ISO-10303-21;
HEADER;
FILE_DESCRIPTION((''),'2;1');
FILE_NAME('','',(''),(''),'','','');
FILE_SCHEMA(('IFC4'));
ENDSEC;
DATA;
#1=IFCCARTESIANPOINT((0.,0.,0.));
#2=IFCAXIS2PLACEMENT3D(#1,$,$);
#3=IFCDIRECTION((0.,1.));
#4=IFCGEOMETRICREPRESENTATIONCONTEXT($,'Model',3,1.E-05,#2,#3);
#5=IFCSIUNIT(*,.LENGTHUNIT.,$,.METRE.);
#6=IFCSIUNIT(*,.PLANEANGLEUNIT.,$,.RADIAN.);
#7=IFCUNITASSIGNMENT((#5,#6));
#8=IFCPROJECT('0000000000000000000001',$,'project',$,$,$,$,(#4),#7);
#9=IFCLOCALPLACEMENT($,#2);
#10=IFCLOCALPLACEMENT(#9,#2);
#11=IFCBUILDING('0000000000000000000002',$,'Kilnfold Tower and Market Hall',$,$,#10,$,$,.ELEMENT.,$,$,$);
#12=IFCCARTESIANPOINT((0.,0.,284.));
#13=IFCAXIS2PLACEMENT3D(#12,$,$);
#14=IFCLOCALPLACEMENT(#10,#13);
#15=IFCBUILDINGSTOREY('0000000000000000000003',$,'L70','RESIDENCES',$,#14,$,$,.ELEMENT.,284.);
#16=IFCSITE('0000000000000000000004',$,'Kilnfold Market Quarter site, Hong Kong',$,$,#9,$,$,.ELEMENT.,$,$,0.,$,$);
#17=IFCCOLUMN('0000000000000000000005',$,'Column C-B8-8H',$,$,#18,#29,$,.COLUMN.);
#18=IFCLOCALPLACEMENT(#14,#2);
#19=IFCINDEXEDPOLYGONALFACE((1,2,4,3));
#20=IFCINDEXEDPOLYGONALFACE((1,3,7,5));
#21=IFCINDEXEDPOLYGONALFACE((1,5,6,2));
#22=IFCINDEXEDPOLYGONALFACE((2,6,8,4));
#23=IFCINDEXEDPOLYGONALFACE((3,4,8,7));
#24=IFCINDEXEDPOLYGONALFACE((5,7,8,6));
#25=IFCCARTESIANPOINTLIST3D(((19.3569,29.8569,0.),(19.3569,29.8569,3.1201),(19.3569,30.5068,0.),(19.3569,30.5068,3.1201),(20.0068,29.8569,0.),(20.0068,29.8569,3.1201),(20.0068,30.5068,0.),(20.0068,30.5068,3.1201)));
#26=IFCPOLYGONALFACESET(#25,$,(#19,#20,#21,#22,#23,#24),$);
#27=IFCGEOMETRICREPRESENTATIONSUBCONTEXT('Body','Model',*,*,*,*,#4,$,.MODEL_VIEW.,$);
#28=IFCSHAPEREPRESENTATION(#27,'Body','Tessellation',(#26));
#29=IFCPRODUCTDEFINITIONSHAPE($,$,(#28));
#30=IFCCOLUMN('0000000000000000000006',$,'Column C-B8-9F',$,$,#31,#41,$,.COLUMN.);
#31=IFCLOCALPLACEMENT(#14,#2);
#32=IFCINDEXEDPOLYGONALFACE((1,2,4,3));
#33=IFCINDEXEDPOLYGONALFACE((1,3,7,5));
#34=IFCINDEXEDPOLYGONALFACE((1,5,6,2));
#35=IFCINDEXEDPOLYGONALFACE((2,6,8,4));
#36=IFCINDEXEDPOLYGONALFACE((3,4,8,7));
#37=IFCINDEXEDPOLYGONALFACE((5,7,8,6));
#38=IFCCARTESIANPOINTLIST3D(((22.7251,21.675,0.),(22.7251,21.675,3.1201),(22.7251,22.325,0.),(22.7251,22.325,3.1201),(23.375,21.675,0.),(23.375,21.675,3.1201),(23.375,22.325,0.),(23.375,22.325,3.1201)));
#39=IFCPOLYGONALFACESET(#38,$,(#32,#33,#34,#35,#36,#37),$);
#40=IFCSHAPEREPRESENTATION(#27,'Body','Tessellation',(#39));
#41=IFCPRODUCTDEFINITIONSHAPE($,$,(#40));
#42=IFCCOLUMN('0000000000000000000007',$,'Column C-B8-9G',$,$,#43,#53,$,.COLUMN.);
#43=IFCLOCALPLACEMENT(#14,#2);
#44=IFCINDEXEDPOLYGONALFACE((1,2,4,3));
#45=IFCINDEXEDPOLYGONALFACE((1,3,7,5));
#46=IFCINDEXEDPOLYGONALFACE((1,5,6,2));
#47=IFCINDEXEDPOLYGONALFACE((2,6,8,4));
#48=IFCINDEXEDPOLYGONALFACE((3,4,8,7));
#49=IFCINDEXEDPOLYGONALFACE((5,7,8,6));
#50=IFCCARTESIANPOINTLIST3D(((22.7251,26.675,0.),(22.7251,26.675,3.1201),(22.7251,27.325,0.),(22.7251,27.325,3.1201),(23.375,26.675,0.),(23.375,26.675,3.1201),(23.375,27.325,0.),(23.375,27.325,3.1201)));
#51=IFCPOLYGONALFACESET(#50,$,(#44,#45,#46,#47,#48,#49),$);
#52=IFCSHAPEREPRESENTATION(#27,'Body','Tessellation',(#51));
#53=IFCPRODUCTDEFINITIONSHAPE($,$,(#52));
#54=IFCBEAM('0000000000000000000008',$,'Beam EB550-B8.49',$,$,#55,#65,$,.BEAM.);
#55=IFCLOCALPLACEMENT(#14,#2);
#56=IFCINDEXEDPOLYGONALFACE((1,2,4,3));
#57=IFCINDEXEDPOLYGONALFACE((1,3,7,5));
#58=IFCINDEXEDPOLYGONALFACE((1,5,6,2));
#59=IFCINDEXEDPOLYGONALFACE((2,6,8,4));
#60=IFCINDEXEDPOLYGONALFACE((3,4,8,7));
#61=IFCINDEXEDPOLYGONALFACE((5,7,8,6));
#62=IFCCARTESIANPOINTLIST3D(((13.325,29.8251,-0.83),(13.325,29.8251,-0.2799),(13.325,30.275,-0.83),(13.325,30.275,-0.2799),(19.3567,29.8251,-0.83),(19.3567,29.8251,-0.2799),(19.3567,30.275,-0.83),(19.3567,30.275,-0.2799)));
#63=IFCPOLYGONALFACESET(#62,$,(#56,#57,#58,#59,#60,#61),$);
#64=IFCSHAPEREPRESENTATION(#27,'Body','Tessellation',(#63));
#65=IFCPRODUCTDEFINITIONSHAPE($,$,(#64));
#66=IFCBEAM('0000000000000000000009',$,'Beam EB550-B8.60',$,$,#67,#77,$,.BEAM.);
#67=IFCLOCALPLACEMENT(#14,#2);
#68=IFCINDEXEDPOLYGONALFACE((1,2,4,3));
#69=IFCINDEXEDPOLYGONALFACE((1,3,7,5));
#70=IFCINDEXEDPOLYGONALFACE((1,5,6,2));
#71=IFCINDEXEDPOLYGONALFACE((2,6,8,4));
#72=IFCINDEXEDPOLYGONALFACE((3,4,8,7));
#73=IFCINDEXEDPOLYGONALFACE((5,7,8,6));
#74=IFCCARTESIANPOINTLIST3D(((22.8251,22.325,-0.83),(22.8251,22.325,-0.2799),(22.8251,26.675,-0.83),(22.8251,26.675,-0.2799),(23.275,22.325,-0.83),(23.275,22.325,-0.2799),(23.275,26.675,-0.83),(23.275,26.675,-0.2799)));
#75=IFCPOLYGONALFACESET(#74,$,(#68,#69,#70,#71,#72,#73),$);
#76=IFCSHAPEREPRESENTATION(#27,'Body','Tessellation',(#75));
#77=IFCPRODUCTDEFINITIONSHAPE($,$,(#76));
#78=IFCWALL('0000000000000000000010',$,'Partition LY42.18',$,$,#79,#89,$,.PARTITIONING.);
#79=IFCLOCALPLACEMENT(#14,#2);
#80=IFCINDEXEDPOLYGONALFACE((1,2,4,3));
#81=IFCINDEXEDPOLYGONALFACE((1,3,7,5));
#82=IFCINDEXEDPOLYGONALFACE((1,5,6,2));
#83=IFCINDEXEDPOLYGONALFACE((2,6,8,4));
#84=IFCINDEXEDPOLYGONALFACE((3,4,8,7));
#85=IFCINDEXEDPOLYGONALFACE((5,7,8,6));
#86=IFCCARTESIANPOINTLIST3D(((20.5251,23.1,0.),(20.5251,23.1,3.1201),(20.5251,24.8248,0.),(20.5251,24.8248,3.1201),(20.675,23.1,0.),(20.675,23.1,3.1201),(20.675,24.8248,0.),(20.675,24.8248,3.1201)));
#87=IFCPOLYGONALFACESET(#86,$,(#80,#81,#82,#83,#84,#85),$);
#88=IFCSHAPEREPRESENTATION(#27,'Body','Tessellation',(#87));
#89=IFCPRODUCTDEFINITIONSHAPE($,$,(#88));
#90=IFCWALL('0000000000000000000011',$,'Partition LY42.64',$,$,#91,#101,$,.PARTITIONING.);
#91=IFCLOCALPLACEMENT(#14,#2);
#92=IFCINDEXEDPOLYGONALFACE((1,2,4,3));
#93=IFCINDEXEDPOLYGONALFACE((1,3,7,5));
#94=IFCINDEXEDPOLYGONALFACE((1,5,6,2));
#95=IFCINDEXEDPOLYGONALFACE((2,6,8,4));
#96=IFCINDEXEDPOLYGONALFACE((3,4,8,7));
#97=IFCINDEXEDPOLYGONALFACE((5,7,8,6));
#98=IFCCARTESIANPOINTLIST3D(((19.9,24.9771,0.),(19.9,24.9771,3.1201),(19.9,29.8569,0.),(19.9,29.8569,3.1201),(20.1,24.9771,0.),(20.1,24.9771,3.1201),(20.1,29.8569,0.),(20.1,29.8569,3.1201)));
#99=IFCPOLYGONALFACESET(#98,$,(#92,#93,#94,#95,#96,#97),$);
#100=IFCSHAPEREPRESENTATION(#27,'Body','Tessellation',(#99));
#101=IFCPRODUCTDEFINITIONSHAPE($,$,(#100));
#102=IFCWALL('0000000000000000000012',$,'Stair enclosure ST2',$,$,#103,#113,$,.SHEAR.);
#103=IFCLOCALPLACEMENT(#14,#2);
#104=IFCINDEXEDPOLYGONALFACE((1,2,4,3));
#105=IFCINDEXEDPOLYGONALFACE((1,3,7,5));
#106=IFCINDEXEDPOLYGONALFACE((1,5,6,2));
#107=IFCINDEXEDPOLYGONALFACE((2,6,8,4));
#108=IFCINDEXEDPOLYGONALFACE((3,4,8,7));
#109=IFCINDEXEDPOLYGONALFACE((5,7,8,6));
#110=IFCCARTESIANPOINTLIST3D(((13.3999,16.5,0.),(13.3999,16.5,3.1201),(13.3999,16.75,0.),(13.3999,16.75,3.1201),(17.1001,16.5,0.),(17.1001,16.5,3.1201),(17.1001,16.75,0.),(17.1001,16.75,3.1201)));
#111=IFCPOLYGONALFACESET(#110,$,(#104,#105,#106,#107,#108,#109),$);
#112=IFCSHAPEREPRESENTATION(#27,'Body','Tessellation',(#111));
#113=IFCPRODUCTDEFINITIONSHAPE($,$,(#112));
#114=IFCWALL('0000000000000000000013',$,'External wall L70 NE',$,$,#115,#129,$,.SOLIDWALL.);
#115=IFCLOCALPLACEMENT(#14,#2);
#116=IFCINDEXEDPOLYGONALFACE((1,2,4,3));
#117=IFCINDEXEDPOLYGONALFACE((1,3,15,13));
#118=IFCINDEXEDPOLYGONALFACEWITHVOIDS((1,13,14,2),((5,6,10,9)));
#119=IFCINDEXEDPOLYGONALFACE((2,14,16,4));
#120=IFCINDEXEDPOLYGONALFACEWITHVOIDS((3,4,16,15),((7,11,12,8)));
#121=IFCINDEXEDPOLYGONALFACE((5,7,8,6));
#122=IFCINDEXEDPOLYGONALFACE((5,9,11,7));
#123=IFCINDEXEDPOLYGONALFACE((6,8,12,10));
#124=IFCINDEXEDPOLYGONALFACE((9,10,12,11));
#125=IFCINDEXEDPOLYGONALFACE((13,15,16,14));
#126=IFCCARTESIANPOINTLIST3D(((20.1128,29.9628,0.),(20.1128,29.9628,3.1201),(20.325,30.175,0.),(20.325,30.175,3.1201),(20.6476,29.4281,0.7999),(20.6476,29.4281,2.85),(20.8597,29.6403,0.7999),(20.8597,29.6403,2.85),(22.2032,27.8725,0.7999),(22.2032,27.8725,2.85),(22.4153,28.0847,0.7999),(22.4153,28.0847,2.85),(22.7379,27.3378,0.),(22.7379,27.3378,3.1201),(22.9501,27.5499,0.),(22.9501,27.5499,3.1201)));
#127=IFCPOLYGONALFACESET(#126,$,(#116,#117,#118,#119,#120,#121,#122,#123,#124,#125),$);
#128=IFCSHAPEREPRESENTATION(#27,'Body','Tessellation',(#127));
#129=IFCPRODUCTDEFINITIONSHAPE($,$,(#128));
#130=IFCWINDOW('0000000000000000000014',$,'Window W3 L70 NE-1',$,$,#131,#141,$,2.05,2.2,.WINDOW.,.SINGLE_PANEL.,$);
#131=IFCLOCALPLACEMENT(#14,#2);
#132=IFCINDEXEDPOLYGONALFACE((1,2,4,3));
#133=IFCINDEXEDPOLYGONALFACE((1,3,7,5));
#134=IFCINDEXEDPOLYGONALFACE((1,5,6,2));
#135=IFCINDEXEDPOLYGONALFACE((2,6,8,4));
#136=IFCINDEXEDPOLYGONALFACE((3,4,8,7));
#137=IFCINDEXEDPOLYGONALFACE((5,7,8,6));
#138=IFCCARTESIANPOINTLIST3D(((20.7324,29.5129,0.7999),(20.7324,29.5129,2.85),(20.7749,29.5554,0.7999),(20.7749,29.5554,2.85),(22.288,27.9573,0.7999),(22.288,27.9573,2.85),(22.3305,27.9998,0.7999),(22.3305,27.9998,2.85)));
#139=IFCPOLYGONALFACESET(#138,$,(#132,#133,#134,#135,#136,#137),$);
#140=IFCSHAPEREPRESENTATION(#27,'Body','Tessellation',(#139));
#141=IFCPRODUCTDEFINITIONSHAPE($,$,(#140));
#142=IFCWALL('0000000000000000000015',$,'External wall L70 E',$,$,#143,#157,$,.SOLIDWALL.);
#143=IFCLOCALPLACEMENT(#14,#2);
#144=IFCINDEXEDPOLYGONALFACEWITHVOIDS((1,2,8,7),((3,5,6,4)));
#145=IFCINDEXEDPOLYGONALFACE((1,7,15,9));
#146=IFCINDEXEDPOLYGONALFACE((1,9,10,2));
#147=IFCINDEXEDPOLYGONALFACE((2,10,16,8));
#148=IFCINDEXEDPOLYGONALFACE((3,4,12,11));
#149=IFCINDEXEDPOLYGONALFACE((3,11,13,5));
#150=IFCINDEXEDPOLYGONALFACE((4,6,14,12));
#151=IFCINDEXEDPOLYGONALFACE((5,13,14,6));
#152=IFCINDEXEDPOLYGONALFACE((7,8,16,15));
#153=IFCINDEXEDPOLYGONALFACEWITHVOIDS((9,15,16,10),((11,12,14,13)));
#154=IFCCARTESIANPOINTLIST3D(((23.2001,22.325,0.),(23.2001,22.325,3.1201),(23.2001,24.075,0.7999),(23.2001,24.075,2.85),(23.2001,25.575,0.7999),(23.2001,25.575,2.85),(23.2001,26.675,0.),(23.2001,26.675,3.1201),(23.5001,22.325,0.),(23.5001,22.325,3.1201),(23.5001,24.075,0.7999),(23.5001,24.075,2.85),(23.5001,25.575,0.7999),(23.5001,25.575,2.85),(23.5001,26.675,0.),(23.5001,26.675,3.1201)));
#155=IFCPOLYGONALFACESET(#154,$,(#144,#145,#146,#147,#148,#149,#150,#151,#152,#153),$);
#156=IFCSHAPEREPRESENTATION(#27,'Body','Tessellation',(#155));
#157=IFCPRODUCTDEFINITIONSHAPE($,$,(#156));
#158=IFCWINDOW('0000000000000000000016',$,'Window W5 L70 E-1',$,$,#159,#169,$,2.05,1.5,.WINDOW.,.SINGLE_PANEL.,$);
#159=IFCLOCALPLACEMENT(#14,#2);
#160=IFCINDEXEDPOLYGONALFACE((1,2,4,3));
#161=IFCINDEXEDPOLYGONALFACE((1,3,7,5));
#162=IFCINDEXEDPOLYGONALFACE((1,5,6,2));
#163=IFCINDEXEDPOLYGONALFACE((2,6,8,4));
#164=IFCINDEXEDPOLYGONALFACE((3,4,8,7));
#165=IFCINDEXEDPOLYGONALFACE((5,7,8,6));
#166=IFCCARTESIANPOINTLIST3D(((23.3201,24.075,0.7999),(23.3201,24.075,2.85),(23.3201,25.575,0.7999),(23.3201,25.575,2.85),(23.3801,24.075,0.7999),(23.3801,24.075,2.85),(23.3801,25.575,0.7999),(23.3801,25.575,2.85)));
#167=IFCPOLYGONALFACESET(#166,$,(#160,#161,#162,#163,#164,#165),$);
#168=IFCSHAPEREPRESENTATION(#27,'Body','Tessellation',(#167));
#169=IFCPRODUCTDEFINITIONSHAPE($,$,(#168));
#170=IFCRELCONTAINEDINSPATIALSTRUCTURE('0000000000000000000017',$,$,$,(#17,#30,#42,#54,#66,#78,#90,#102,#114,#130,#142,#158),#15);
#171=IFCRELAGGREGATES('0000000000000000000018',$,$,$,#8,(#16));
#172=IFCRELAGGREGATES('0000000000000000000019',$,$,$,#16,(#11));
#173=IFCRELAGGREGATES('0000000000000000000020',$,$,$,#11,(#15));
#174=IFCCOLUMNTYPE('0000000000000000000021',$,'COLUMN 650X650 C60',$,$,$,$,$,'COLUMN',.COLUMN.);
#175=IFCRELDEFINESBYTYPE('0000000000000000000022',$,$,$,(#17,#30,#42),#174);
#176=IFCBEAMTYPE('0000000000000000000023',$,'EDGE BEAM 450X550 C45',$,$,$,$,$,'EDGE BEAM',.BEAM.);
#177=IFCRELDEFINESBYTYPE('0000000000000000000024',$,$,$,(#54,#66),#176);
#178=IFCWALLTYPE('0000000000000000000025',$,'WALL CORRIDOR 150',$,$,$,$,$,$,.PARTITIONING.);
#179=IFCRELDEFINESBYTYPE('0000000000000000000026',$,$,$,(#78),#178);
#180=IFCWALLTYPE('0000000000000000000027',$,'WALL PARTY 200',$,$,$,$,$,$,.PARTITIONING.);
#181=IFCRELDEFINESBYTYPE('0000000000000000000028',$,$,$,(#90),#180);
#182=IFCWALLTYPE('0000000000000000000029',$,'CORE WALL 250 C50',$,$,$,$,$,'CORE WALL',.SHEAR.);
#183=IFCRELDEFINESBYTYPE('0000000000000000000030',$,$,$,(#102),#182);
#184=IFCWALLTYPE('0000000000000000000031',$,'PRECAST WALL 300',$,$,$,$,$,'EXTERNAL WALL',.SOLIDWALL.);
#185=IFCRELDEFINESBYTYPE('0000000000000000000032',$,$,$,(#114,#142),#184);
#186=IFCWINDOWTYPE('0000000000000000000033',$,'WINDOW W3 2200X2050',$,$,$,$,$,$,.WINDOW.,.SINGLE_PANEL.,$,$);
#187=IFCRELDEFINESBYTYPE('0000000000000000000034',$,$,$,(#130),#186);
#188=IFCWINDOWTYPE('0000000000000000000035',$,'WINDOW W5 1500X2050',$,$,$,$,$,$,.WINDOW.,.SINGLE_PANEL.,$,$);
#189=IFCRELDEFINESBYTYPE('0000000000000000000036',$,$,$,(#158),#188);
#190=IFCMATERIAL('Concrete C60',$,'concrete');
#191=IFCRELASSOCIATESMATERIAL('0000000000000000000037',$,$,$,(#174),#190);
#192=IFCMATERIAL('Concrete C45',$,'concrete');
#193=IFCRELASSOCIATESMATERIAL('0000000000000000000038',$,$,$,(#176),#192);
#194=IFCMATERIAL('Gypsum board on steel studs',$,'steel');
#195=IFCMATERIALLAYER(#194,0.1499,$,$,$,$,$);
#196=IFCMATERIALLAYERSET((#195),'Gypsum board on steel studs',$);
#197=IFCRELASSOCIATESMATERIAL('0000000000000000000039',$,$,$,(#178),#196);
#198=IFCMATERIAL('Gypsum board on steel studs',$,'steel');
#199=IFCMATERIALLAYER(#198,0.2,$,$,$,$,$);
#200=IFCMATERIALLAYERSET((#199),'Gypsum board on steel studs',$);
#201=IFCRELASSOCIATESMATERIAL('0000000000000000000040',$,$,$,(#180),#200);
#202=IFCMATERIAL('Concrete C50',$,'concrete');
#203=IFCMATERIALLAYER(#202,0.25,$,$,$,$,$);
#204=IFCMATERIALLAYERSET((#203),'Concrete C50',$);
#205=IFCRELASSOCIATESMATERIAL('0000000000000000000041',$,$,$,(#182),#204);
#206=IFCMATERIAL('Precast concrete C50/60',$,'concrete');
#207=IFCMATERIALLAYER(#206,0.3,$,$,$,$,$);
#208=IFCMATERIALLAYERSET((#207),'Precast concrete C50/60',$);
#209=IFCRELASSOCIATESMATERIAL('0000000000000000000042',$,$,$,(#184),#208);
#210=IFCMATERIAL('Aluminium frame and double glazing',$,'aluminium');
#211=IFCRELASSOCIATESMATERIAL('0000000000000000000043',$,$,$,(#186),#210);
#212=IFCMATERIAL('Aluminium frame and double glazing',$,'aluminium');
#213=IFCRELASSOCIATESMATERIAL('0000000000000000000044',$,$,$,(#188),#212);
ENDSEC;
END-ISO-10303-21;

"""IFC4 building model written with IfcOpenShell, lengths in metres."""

from ifc_helpers import new_model, si_unit, direction, frame, frame_2d, origin, origin_2d, place, context, subcontext, project, spatial, rectangle, extrude, source, transform, mapped, material, layer, layer_set, material_profile, profile_set, type_object, element, fill, save


model = new_model("IFC4")

# Units and contexts
model_context = context("Model", 3, precision=1e-05, world=origin(), true_north=direction((0.0, 1.0)))
body_context = subcontext(model_context, "Body", "Model", "MODEL_VIEW")
ifc_project = project(units=[si_unit("LENGTHUNIT", "METRE"), si_unit("PLANEANGLEUNIT", "RADIAN")], contexts=[model_context])

# Site, building, storey
site_placement = place(None, origin())
site = spatial("IfcSite", under=ifc_project, at=site_placement, Name="Kilnfold Market Quarter site, Hong Kong", CompositionType="ELEMENT", RefElevation=0.0)
building_placement = place(site_placement, origin())
building = spatial("IfcBuilding", under=site, at=building_placement, Name="Kilnfold Tower and Market Hall", CompositionType="ELEMENT")
storey_placement = place(building_placement, frame((0.0, 0.0, 284.0)))
storey = spatial("IfcBuildingStorey", under=building, at=storey_placement, Name="L70", Description="RESIDENCES", CompositionType="ELEMENT", Elevation=284.0)

# Columns
ifc_material_1 = material(Name="Concrete C60", Category="concrete")
ifc_material_profile_1 = material_profile(ifc_material_1, rectangle(XDim=0.6499, YDim=0.6499, at=origin_2d()), Name="RC 650x650")
ifc_profile_set_1 = profile_set([ifc_material_profile_1], Name="Concrete C60")
column_type = type_object("IfcColumnType", Name="COLUMN 650X650 C60", ElementType="COLUMN", PredefinedType="COLUMN", material=ifc_profile_set_1)
shared_shape_1 = source(origin(), body_context, "Body", "SweptSolid", [
    extrude(rectangle(XDim=0.6499, YDim=0.6499, at=origin_2d()), origin(), (0.0, 0.0, 1.0), 3.1201),
])
for number, where, z_axis, x_axis, name in (
    (1, (19.6819, 30.1819, 0.0), (0.0, 0.0, 1.0), (1.0, 0.0, 0.0), "Column C-B8-8H"),
    (2, (23.05, 22.0, 0.0), (0.0, 0.0, 1.0), (1.0, 0.0, 0.0), "Column C-B8-9F"),
    (3, (23.05, 27.0, 0.0), (0.0, 0.0, 1.0), (1.0, 0.0, 0.0), "Column C-B8-9G"),
):
    element("IfcColumn", number, at=place(storey_placement, frame(where, z_axis=z_axis, x_axis=x_axis)), inside=storey, type_object=column_type, Name=name, PredefinedType="COLUMN", context=body_context, shape_type="MappedRepresentation", body=[
        mapped(shared_shape_1, transform((0.0, 0.0, 0.0))),
    ])

# Beams
ifc_material_2 = material(Name="Concrete C45", Category="concrete")
ifc_material_profile_2 = material_profile(ifc_material_2, rectangle(XDim=0.45, YDim=0.55, at=origin_2d()), Name="RC 450x550")
ifc_profile_set_2 = profile_set([ifc_material_profile_2], Name="Concrete C45")
beam_type = type_object("IfcBeamType", Name="EDGE BEAM 450X550 C45", ElementType="EDGE BEAM", PredefinedType="BEAM", material=ifc_profile_set_2)
shared_shape_2 = source(origin(), body_context, "Body", "SweptSolid", [
    extrude(rectangle(XDim=0.45, YDim=0.55, at=origin_2d()), origin(), (0.0, 0.0, 1.0), 6.0317),
])
beam_1_placement = place(storey_placement, frame((13.325, 30.05, -0.5549), z_axis=(1.0, 0.0, 0.0), x_axis=(0.0, 1.0, 0.0)))
element("IfcBeam", 4, at=beam_1_placement, inside=storey, type_object=beam_type, Name="Beam EB550-B8.49", PredefinedType="BEAM", context=body_context, shape_type="MappedRepresentation", body=[
    mapped(shared_shape_2, transform((0.0, 0.0, 0.0))),
])
shared_shape_3 = source(origin(), body_context, "Body", "SweptSolid", [
    extrude(rectangle(XDim=0.45, YDim=0.55, at=origin_2d()), origin(), (0.0, 0.0, 1.0), 4.3501),
])
beam_2_placement = place(storey_placement, frame((23.05, 22.325, -0.5549), z_axis=(0.0, 1.0, 0.0), x_axis=(-1.0, 0.0, 0.0)))
element("IfcBeam", 5, at=beam_2_placement, inside=storey, type_object=beam_type, Name="Beam EB550-B8.60", PredefinedType="BEAM", context=body_context, shape_type="MappedRepresentation", body=[
    mapped(shared_shape_3, transform((0.0, 0.0, 0.0))),
])

# Walls
ifc_material_3 = material(Name="Gypsum board on steel studs", Category="steel")
ifc_layer_1 = layer(ifc_material_3, 0.1499)
ifc_layer_set_1 = layer_set([ifc_layer_1], Name="Gypsum board on steel studs")
wall_type_1 = type_object("IfcWallType", Name="WALL CORRIDOR 150", PredefinedType="PARTITIONING", material=ifc_layer_set_1)
wall_1_placement = place(storey_placement, frame((20.6001, 23.1001, 0.0), z_axis=(0.0, 0.0, 1.0), x_axis=(0.0, 1.0, 0.0)))
element("IfcWall", 6, at=wall_1_placement, inside=storey, type_object=wall_type_1, Name="Partition LY42.18", PredefinedType="PARTITIONING", context=body_context, shape_type="SweptSolid", body=[
    extrude(rectangle(XDim=1.7249, YDim=0.1499, at=frame_2d((0.8623, 0.0))), origin(), (0.0, 0.0, 1.0), 3.1201),
])
ifc_material_4 = material(Name="Gypsum board on steel studs", Category="steel")
ifc_layer_2 = layer(ifc_material_4, 0.2)
ifc_layer_set_2 = layer_set([ifc_layer_2], Name="Gypsum board on steel studs")
wall_type_2 = type_object("IfcWallType", Name="WALL PARTY 200", PredefinedType="PARTITIONING", material=ifc_layer_set_2)
wall_2_placement = place(storey_placement, frame((20.0, 29.8569, 0.0), z_axis=(0.0, 0.0, 1.0), x_axis=(0.0, -1.0, 0.0)))
element("IfcWall", 7, at=wall_2_placement, inside=storey, type_object=wall_type_2, Name="Partition LY42.64", PredefinedType="PARTITIONING", context=body_context, shape_type="SweptSolid", body=[
    extrude(rectangle(XDim=4.8799, YDim=0.2, at=frame_2d((2.4399, 0.0))), origin(), (0.0, 0.0, 1.0), 3.1201),
])
ifc_material_5 = material(Name="Concrete C50", Category="concrete")
ifc_layer_3 = layer(ifc_material_5, 0.25)
ifc_layer_set_3 = layer_set([ifc_layer_3], Name="Concrete C50")
wall_type_3 = type_object("IfcWallType", Name="CORE WALL 250 C50", ElementType="CORE WALL", PredefinedType="SHEAR", material=ifc_layer_set_3)
shared_shape_4 = source(origin(), body_context, "Body", "SweptSolid", [
    extrude(rectangle(XDim=3.7002, YDim=0.25, at=frame_2d((1.8501, 0.0))), origin(), (0.0, 0.0, 1.0), 3.1201),
])
wall_3_placement = place(storey_placement, frame((13.3999, 16.625, 0.0), z_axis=(0.0, 0.0, 1.0), x_axis=(1.0, 0.0, 0.0)))
element("IfcWall", 8, at=wall_3_placement, inside=storey, type_object=wall_type_3, Name="Stair enclosure ST2", PredefinedType="SHEAR", context=body_context, shape_type="MappedRepresentation", body=[
    mapped(shared_shape_4, transform((0.0, 0.0, 0.0))),
])

# Walls, openings, windows
ifc_material_6 = material(Name="Precast concrete C50/60", Category="concrete")
ifc_layer_4 = layer(ifc_material_6, 0.3)
ifc_layer_set_4 = layer_set([ifc_layer_4], Name="Precast concrete C50/60")
wall_type_4 = type_object("IfcWallType", Name="PRECAST WALL 300", ElementType="EXTERNAL WALL", PredefinedType="SOLIDWALL", material=ifc_layer_set_4)
shared_shape_5 = source(origin(), body_context, "Body", "SweptSolid", [
    extrude(rectangle(XDim=3.7124, YDim=0.3, at=frame_2d((1.8562, 0.0))), origin(), (0.0, 0.0, 1.0), 3.1201),
])
wall_4_placement = place(storey_placement, frame((22.844, 27.4438, 0.0), z_axis=(0.0, 0.0, 1.0), x_axis=(-0.707107, 0.707107, 0.0)))
wall_4 = element("IfcWall", 9, at=wall_4_placement, inside=storey, type_object=wall_type_4, Name="External wall L70 NE", PredefinedType="SOLIDWALL", context=body_context, shape_type="MappedRepresentation", body=[
    mapped(shared_shape_5, transform((0.0, 0.0, 0.0))),
])
opening_1_placement = place(wall_4_placement, frame((0.7561, 0.0, 0.8)))
opening_1 = element("IfcOpeningElement", 10, at=opening_1_placement, cuts=wall_4, PredefinedType="OPENING", context=body_context, shape_type="SweptSolid", body=[
    extrude(rectangle(XDim=2.2, YDim=2.05, at=frame_2d((1.1001, 1.0249))), frame((0.0, 0.1602, 0.0), z_axis=(0.0, -1.0, 0.0), x_axis=(1.0, 0.0, 0.0)), (0.0, 0.0, 1.0), 0.3201),
])
ifc_material_7 = material(Name="Aluminium frame and double glazing", Category="aluminium")
window_type_1 = type_object("IfcWindowType", Name="WINDOW W3 2200X2050", PartitioningType="SINGLE_PANEL", PredefinedType="WINDOW", material=ifc_material_7)
window_1_placement = place(opening_1_placement, origin())
window_1 = element("IfcWindow", 11, at=window_1_placement, inside=storey, type_object=window_type_1, Name="Window W3 L70 NE-1", OverallHeight=2.05, OverallWidth=2.2, PartitioningType="SINGLE_PANEL", PredefinedType="WINDOW", context=body_context, shape_type="SweptSolid", body=[
    extrude(rectangle(XDim=2.2, YDim=2.05, at=frame_2d((1.1001, 1.0249))), frame((0.0, 0.03, 0.0), z_axis=(0.0, -1.0, 0.0), x_axis=(1.0, 0.0, 0.0)), (0.0, 0.0, 1.0), 0.0601),
])
fill(opening_1, window_1)
shared_shape_6 = source(origin(), body_context, "Body", "SweptSolid", [
    extrude(rectangle(XDim=4.3501, YDim=0.3, at=frame_2d((2.175, 0.0))), origin(), (0.0, 0.0, 1.0), 3.1201),
])
wall_5_placement = place(storey_placement, frame((23.3501, 22.325, 0.0), z_axis=(0.0, 0.0, 1.0), x_axis=(0.0, 1.0, 0.0)))
wall_5 = element("IfcWall", 12, at=wall_5_placement, inside=storey, type_object=wall_type_4, Name="External wall L70 E", PredefinedType="SOLIDWALL", context=body_context, shape_type="MappedRepresentation", body=[
    mapped(shared_shape_6, transform((0.0, 0.0, 0.0))),
])
opening_2_placement = place(wall_5_placement, frame((1.75, 0.0, 0.8)))
opening_2 = element("IfcOpeningElement", 13, at=opening_2_placement, cuts=wall_5, PredefinedType="OPENING", context=body_context, shape_type="SweptSolid", body=[
    extrude(rectangle(XDim=1.5, YDim=2.05, at=frame_2d((0.75, 1.0249))), frame((0.0, 0.1602, 0.0), z_axis=(0.0, -1.0, 0.0), x_axis=(1.0, 0.0, 0.0)), (0.0, 0.0, 1.0), 0.3201),
])
ifc_material_8 = material(Name="Aluminium frame and double glazing", Category="aluminium")
window_type_2 = type_object("IfcWindowType", Name="WINDOW W5 1500X2050", PartitioningType="SINGLE_PANEL", PredefinedType="WINDOW", material=ifc_material_8)
window_2_placement = place(opening_2_placement, origin())
window_2 = element("IfcWindow", 14, at=window_2_placement, inside=storey, type_object=window_type_2, Name="Window W5 L70 E-1", OverallHeight=2.05, OverallWidth=1.5, PartitioningType="SINGLE_PANEL", PredefinedType="WINDOW", context=body_context, shape_type="SweptSolid", body=[
    extrude(rectangle(XDim=1.5, YDim=2.05, at=frame_2d((0.75, 1.0249))), frame((0.0, 0.03, 0.0), z_axis=(0.0, -1.0, 0.0), x_axis=(1.0, 0.0, 0.0)), (0.0, 0.0, 1.0), 0.0601),
])
fill(opening_2, window_2)

save(model, "model.ifc")
